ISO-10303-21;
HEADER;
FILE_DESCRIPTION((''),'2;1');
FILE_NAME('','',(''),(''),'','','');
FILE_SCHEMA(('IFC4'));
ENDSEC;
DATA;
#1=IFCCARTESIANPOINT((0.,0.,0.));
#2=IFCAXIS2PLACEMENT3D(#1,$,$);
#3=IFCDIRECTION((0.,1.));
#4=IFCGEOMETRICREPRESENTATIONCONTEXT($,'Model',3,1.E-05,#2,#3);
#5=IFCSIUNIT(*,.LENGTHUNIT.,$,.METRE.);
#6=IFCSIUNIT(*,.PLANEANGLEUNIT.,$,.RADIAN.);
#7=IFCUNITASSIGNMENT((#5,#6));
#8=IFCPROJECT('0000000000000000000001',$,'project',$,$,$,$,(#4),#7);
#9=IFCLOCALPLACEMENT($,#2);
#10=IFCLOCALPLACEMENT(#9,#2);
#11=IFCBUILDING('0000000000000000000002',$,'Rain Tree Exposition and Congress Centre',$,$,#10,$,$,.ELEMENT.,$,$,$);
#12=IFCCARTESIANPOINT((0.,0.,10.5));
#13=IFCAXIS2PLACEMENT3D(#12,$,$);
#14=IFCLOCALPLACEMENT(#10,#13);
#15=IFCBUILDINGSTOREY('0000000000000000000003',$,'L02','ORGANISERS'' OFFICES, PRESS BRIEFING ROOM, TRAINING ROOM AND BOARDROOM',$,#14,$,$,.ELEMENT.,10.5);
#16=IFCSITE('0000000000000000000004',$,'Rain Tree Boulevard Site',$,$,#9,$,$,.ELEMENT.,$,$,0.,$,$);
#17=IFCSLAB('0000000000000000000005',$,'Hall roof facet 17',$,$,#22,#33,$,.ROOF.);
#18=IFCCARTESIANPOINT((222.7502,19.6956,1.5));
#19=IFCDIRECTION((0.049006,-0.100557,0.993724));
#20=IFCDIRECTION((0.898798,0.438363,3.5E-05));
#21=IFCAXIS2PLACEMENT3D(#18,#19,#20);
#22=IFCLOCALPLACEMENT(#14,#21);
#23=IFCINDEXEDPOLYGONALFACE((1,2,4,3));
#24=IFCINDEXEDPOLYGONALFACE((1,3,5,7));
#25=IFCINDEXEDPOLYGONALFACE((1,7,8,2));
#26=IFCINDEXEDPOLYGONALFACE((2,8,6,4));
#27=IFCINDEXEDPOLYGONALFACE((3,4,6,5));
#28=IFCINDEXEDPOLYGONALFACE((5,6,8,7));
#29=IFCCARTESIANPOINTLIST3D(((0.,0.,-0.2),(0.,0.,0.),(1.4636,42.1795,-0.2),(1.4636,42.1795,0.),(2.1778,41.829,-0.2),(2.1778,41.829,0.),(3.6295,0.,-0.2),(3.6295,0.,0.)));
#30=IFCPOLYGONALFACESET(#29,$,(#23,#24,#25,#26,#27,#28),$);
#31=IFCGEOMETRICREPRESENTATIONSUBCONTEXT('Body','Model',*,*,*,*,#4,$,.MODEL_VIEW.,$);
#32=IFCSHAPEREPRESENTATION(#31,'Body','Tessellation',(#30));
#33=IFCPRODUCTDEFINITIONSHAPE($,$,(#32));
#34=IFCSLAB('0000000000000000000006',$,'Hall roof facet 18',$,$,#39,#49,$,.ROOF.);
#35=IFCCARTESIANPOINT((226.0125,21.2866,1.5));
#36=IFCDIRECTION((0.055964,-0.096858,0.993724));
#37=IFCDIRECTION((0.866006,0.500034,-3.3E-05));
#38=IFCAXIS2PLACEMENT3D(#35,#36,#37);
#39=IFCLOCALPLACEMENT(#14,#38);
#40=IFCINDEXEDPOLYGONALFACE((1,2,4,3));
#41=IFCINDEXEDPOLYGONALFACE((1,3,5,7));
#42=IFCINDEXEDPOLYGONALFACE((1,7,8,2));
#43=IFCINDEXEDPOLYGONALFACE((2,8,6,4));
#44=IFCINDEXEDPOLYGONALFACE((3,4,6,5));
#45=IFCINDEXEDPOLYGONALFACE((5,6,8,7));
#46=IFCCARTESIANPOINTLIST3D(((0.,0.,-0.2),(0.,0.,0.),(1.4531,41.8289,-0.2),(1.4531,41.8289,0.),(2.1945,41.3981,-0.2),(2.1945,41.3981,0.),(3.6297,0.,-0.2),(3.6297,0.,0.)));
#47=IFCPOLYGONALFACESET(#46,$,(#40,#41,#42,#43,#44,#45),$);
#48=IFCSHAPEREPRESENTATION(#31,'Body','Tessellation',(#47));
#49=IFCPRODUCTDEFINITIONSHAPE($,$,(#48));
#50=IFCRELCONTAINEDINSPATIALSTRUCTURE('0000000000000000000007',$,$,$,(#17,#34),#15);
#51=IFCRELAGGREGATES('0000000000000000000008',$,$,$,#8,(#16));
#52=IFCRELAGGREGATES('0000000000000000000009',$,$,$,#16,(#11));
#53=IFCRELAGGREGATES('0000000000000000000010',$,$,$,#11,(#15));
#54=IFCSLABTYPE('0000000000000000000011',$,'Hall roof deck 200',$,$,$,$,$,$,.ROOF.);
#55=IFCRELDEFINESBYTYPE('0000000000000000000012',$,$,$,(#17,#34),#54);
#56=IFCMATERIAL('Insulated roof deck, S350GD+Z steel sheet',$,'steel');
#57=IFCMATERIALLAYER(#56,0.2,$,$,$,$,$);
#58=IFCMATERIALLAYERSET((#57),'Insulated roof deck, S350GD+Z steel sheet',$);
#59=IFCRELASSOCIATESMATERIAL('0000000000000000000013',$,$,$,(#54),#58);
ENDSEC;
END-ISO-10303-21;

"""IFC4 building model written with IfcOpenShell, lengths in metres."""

from ifc_helpers import new_model, si_unit, direction, frame, origin, place, context, subcontext, project, spatial, polyline, outline, extrude, material, layer, layer_set, type_object, element, save


model = new_model("IFC4")

# Units and contexts
model_context = context("Model", 3, precision=1e-05, world=origin(), true_north=direction((0.0, 1.0)))
body_context = subcontext(model_context, "Body", "Model", "MODEL_VIEW")
ifc_project = project(units=[si_unit("LENGTHUNIT", "METRE"), si_unit("PLANEANGLEUNIT", "RADIAN")], contexts=[model_context])

# Site, building, storey
site_placement = place(None, origin())
site = spatial("IfcSite", under=ifc_project, at=site_placement, Name="Rain Tree Boulevard Site", CompositionType="ELEMENT", RefElevation=0.0)
building_placement = place(site_placement, origin())
building = spatial("IfcBuilding", under=site, at=building_placement, Name="Rain Tree Exposition and Congress Centre", CompositionType="ELEMENT")
storey_placement = place(building_placement, frame((0.0, 0.0, 10.5)))
storey = spatial("IfcBuildingStorey", under=building, at=storey_placement, Name="L02", Description="ORGANISERS' OFFICES, PRESS BRIEFING ROOM, TRAINING ROOM AND BOARDROOM", CompositionType="ELEMENT", Elevation=10.5)

# Slabs
ifc_material_1 = material(Name="Insulated roof deck, S350GD+Z steel sheet", Category="steel")
ifc_layer_1 = layer(ifc_material_1, 0.2)
ifc_layer_set_1 = layer_set([ifc_layer_1], Name="Insulated roof deck, S350GD+Z steel sheet")
slab_type = type_object("IfcSlabType", Name="Hall roof deck 200", PredefinedType="ROOF", material=ifc_layer_set_1)
slab_1_placement = place(storey_placement, frame((222.7502, 19.6956, 1.5), z_axis=(0.049006, -0.100557, 0.993724), x_axis=(0.898798, 0.438363, 0.000035)))
element("IfcSlab", 1, at=slab_1_placement, inside=storey, type_object=slab_type, Name="Hall roof facet 17", PredefinedType="ROOF", context=body_context, shape_type="SweptSolid", body=[
    extrude(outline(polyline([(0.0, 0.0), (3.6295, 0.0), (2.1778, 41.829), (1.4636, 42.1795), (0.0, 0.0)])), origin(), (0.0, 0.0, -1.0), 0.2),
])
slab_2_placement = place(storey_placement, frame((226.0125, 21.2866, 1.5), z_axis=(0.055964, -0.096858, 0.993724), x_axis=(0.866006, 0.500034, -0.000033)))
element("IfcSlab", 2, at=slab_2_placement, inside=storey, type_object=slab_type, Name="Hall roof facet 18", PredefinedType="ROOF", context=body_context, shape_type="SweptSolid", body=[
    extrude(outline(polyline([(0.0, 0.0), (3.6297, 0.0), (2.1945, 41.3981), (1.4531, 41.8289), (0.0, 0.0)])), origin(), (0.0, 0.0, -1.0), 0.2),
])

save(model, "model.ifc")
